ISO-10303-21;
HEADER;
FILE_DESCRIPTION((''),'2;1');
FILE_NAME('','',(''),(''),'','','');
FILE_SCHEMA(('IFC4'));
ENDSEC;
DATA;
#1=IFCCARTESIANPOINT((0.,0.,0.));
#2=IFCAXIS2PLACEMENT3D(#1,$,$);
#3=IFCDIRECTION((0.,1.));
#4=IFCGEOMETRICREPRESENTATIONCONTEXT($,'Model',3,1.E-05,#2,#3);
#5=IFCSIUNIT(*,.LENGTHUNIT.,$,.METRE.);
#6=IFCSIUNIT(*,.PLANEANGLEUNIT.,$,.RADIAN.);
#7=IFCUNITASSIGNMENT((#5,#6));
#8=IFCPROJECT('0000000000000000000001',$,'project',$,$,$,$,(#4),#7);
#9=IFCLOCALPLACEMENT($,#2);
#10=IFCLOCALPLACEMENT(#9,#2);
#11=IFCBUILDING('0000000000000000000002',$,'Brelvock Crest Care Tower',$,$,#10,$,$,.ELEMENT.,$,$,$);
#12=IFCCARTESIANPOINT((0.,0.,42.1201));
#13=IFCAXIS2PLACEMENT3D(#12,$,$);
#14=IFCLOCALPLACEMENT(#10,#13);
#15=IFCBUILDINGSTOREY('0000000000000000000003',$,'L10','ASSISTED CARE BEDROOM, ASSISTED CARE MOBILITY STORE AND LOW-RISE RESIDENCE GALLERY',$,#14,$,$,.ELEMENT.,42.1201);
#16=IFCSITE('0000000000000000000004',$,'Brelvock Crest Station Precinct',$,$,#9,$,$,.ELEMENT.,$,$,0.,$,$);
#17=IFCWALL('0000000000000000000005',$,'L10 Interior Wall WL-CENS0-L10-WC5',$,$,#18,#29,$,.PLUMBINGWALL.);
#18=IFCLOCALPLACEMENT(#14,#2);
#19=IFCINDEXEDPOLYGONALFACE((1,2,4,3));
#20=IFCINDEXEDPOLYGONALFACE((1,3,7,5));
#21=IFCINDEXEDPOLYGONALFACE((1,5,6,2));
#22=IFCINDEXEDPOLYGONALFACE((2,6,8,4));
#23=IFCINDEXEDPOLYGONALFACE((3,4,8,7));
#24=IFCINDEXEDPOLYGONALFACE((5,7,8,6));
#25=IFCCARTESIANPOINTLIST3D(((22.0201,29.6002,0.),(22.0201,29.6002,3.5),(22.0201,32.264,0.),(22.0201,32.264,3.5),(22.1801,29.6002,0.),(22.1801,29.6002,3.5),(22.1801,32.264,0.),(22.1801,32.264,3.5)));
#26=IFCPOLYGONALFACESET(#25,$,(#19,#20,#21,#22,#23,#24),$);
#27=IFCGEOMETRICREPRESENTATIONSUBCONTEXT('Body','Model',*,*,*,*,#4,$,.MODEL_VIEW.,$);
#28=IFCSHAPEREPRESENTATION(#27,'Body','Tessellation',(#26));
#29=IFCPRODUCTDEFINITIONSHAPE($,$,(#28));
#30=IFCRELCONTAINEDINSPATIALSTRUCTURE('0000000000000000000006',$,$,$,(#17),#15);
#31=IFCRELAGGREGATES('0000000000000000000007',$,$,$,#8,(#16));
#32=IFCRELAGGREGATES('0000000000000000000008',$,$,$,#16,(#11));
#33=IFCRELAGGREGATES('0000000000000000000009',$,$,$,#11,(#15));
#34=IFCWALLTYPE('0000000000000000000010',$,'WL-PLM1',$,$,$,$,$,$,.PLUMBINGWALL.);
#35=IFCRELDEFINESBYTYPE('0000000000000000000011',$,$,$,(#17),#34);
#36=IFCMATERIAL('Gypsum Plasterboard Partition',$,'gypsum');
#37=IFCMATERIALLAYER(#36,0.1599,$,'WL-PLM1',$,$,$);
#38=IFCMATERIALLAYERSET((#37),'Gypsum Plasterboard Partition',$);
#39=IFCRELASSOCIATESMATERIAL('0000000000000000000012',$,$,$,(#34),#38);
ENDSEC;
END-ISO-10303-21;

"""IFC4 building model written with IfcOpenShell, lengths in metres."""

from ifc_helpers import new_model, si_unit, direction, frame, frame_2d, origin, place, context, subcontext, project, spatial, rectangle, extrude, material, layer, layer_set, type_object, element, save


model = new_model("IFC4")

# Units and contexts
model_context = context("Model", 3, precision=1e-05, world=origin(), true_north=direction((0.0, 1.0)))
body_context = subcontext(model_context, "Body", "Model", "MODEL_VIEW")
ifc_project = project(units=[si_unit("LENGTHUNIT", "METRE"), si_unit("PLANEANGLEUNIT", "RADIAN")], contexts=[model_context])

# Site, building, storey
site_placement = place(None, origin())
site = spatial("IfcSite", under=ifc_project, at=site_placement, Name="Brelvock Crest Station Precinct", CompositionType="ELEMENT", RefElevation=0.0)
building_placement = place(site_placement, origin())
building = spatial("IfcBuilding", under=site, at=building_placement, Name="Brelvock Crest Care Tower", CompositionType="ELEMENT")
storey_placement = place(building_placement, frame((0.0, 0.0, 42.1201)))
storey = spatial("IfcBuildingStorey", under=building, at=storey_placement, Name="L10", Description="ASSISTED CARE BEDROOM, ASSISTED CARE MOBILITY STORE AND LOW-RISE RESIDENCE GALLERY", CompositionType="ELEMENT", Elevation=42.1201)

# Wall
ifc_material_1 = material(Name="Gypsum Plasterboard Partition", Category="gypsum")
ifc_layer_1 = layer(ifc_material_1, 0.1599, Name="WL-PLM1")
ifc_layer_set_1 = layer_set([ifc_layer_1], Name="Gypsum Plasterboard Partition")
wall_type_1 = type_object("IfcWallType", Name="WL-PLM1", PredefinedType="PLUMBINGWALL", material=ifc_layer_set_1)
wall_1_placement = place(storey_placement, frame((22.1001, 29.6001, 0.0), z_axis=(0.0, 0.0, 1.0), x_axis=(0.0, 1.0, 0.0)))
element("IfcWall", 1, at=wall_1_placement, inside=storey, type_object=wall_type_1, Name="L10 Interior Wall WL-CENS0-L10-WC5", PredefinedType="PLUMBINGWALL", context=body_context, shape_type="SweptSolid", body=[
    extrude(rectangle(XDim=2.6638, YDim=0.1599, at=frame_2d((1.332, 0.0))), origin(), (0.0, 0.0, 1.0), 3.5),
])

save(model, "model.ifc")
